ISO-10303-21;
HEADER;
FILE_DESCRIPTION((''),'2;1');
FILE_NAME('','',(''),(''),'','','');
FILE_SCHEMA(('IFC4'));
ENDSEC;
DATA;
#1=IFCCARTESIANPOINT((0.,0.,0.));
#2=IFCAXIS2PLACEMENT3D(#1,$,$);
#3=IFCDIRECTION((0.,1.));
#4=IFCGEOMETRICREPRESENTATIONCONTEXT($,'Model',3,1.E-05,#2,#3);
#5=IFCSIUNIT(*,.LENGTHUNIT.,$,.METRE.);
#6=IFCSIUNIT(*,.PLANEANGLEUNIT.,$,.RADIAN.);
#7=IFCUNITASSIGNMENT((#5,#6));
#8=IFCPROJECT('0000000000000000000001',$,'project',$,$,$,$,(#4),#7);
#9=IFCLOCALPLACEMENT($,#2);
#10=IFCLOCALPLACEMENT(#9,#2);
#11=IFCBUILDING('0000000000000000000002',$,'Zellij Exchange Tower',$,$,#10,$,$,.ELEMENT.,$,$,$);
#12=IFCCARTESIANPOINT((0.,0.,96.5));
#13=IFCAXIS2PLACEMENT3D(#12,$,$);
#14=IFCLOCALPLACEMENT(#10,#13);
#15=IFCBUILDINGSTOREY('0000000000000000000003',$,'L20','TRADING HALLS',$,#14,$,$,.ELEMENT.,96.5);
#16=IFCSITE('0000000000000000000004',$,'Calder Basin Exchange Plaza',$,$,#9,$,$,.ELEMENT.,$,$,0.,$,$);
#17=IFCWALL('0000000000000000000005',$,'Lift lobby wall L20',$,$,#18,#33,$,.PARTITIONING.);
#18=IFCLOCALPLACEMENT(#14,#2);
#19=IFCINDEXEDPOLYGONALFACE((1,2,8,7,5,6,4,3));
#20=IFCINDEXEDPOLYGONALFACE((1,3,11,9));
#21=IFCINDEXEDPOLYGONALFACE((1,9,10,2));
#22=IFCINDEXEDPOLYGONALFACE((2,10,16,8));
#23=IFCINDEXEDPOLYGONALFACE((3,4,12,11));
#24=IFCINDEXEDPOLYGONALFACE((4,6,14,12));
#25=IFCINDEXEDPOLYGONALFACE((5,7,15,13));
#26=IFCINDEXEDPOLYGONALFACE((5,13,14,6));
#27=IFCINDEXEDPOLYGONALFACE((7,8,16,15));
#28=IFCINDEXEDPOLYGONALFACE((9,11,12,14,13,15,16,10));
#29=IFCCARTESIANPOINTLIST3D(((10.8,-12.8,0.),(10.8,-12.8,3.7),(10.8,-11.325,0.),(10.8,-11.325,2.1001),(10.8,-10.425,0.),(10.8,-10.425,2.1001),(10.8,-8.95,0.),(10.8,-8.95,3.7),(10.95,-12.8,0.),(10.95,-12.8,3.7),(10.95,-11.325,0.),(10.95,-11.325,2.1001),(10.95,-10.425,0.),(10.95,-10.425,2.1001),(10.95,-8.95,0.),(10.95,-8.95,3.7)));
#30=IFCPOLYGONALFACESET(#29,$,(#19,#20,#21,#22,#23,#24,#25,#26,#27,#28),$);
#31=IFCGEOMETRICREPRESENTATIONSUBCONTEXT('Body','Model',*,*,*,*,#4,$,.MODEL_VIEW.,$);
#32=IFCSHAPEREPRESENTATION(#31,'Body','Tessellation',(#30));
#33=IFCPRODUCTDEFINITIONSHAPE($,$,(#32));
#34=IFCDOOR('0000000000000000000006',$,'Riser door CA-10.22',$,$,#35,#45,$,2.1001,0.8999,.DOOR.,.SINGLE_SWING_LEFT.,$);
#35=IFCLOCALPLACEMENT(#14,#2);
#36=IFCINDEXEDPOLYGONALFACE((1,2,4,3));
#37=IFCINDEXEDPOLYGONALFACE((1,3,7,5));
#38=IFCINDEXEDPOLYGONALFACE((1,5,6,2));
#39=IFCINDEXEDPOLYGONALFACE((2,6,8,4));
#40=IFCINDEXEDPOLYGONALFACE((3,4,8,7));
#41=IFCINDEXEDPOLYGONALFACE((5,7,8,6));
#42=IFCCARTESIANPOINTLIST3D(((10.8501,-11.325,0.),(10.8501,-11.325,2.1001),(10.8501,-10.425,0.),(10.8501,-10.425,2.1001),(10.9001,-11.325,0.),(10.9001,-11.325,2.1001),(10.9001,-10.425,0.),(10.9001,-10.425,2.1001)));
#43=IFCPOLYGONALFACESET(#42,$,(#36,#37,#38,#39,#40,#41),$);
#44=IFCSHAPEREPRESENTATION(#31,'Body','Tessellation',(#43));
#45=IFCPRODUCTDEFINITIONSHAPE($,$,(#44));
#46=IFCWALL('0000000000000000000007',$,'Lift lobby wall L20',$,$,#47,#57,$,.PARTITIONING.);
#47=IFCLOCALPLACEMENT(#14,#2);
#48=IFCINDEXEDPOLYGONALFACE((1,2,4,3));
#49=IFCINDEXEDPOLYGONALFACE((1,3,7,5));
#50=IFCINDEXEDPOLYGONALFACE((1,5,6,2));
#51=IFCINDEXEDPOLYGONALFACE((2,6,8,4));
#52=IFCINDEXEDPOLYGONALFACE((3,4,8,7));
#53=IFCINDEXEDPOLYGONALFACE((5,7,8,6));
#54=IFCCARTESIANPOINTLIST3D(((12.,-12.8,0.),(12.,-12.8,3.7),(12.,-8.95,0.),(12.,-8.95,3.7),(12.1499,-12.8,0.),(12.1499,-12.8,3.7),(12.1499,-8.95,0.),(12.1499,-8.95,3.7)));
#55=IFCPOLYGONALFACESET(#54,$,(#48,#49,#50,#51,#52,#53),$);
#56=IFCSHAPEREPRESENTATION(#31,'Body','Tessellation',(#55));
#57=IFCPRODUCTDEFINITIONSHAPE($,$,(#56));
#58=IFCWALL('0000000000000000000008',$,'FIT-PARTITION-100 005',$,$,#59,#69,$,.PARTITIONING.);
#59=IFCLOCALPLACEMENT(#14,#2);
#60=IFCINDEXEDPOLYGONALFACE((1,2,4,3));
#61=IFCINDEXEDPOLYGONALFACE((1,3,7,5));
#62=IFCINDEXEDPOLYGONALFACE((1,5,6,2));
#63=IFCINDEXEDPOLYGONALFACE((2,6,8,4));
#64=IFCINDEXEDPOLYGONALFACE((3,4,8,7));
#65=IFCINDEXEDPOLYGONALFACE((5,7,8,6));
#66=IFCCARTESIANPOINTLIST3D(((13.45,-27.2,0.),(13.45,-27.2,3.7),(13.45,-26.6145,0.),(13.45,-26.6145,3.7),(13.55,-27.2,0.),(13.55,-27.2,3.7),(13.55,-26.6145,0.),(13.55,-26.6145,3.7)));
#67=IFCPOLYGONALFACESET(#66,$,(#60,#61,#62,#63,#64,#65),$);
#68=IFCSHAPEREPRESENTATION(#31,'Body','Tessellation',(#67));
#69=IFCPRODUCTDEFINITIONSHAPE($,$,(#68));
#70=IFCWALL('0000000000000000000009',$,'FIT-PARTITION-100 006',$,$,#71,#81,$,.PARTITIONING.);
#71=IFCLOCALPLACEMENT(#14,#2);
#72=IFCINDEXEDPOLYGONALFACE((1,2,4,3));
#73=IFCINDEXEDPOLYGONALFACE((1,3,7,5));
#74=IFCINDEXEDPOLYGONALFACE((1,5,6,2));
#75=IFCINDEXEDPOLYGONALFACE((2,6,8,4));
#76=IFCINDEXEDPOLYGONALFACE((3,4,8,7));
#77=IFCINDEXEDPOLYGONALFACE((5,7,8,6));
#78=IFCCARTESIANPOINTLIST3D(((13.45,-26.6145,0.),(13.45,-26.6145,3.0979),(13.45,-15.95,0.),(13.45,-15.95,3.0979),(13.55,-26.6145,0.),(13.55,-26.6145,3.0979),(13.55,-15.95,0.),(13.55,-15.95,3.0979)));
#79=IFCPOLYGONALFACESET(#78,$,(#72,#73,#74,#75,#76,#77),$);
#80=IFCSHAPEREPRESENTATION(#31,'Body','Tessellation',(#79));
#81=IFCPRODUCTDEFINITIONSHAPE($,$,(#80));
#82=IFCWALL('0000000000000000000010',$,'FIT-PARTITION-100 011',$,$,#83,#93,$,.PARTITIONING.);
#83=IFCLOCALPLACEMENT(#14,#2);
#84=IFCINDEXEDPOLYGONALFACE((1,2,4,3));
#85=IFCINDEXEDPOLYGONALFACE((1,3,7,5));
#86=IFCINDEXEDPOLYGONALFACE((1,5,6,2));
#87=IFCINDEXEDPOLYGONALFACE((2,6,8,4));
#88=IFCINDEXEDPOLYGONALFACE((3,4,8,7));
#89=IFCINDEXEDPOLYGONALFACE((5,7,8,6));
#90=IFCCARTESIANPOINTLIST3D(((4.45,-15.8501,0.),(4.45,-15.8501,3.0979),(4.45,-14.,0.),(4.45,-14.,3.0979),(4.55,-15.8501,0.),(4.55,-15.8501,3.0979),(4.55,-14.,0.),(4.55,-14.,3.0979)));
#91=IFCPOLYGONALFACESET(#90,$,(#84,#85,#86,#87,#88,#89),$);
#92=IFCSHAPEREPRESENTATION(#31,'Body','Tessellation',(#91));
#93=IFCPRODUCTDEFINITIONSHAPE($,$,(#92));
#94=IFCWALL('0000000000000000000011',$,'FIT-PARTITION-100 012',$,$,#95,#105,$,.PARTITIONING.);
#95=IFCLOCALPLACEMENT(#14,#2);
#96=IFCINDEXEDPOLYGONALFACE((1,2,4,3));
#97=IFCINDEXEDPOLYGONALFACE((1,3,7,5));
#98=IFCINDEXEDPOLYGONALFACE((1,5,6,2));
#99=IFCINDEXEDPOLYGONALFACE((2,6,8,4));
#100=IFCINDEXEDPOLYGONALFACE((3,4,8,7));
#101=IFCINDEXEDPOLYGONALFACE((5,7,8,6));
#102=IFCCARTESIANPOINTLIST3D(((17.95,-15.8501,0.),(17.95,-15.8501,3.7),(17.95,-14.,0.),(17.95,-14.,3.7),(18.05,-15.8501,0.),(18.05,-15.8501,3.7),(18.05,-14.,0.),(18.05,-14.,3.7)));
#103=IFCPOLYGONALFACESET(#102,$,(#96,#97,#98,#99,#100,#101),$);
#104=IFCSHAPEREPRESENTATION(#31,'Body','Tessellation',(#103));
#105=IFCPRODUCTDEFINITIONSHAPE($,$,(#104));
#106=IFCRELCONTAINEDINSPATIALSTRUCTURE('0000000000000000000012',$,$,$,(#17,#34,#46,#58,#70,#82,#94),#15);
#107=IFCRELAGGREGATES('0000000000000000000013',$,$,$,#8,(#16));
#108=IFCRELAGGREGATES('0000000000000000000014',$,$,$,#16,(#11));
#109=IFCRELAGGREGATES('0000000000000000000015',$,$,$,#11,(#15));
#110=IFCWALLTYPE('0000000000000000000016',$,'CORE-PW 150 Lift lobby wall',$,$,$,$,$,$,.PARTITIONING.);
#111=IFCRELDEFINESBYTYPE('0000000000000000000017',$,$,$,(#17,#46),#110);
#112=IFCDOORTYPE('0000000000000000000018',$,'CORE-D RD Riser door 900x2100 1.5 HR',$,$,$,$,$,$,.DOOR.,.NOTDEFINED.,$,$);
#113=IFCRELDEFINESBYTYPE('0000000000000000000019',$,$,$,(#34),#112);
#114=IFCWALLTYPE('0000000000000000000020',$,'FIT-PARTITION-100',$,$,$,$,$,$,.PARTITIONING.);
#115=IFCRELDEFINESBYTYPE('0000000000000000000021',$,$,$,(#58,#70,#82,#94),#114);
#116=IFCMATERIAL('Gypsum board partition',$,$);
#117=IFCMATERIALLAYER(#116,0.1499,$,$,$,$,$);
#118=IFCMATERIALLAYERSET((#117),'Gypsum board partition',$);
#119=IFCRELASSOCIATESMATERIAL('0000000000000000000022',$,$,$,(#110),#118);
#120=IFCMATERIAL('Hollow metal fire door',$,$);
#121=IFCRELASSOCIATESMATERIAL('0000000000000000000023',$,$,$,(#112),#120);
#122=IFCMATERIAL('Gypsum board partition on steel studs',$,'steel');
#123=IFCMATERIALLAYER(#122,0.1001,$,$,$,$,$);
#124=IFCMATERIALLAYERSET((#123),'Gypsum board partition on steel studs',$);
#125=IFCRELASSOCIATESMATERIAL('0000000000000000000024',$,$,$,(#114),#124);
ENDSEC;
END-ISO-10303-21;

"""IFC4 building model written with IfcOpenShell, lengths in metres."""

from ifc_helpers import new_model, si_unit, direction, frame, frame_2d, origin, place, context, subcontext, project, spatial, rectangle, extrude, material, layer, layer_set, type_object, element, fill, save


model = new_model("IFC4")

# Units and contexts
model_context = context("Model", 3, precision=1e-05, world=origin(), true_north=direction((0.0, 1.0)))
body_context = subcontext(model_context, "Body", "Model", "MODEL_VIEW")
ifc_project = project(units=[si_unit("LENGTHUNIT", "METRE"), si_unit("PLANEANGLEUNIT", "RADIAN")], contexts=[model_context])

# Site, building, storey
site_placement = place(None, origin())
site = spatial("IfcSite", under=ifc_project, at=site_placement, Name="Calder Basin Exchange Plaza", CompositionType="ELEMENT", RefElevation=0.0)
building_placement = place(site_placement, origin())
building = spatial("IfcBuilding", under=site, at=building_placement, Name="Zellij Exchange Tower", CompositionType="ELEMENT")
storey_placement = place(building_placement, frame((0.0, 0.0, 96.5)))
storey = spatial("IfcBuildingStorey", under=building, at=storey_placement, Name="L20", Description="TRADING HALLS", CompositionType="ELEMENT", Elevation=96.5)

# Wall, opening, door
ifc_material_1 = material(Name="Gypsum board partition")
ifc_layer_1 = layer(ifc_material_1, 0.1499)
ifc_layer_set_1 = layer_set([ifc_layer_1], Name="Gypsum board partition")
wall_type_1 = type_object("IfcWallType", Name="CORE-PW 150 Lift lobby wall", PredefinedType="PARTITIONING", material=ifc_layer_set_1)
wall_1_placement = place(storey_placement, frame((10.875, -12.8, 0.0), z_axis=(0.0, 0.0, 1.0), x_axis=(0.0, 1.0, 0.0)))
wall_1 = element("IfcWall", 1, at=wall_1_placement, inside=storey, type_object=wall_type_1, Name="Lift lobby wall L20", PredefinedType="PARTITIONING", context=body_context, shape_type="SweptSolid", body=[
    extrude(rectangle(XDim=3.8501, YDim=0.1499, at=frame_2d((1.925, 0.0))), origin(), (0.0, 0.0, 1.0), 3.7),
])
opening_placement = place(wall_1_placement, frame((1.4751, 0.0, 0.0)))
opening = element("IfcOpeningElement", 2, at=opening_placement, cuts=wall_1, PredefinedType="OPENING", context=body_context, shape_type="SweptSolid", body=[
    extrude(rectangle(XDim=0.8999, YDim=2.1001, at=frame_2d((0.45, 1.05))), frame((0.0, 0.0869, 0.0), z_axis=(0.0, -1.0, 0.0), x_axis=(1.0, 0.0, 0.0)), (0.0, 0.0, 1.0), 0.1738),
])
ifc_material_2 = material(Name="Hollow metal fire door")
door_type = type_object("IfcDoorType", Name="CORE-D RD Riser door 900x2100 1.5 HR", OperationType="NOTDEFINED", PredefinedType="DOOR", material=ifc_material_2)
door_placement = place(opening_placement, origin())
door = element("IfcDoor", 3, at=door_placement, inside=storey, type_object=door_type, Name="Riser door CA-10.22", OperationType="SINGLE_SWING_LEFT", OverallHeight=2.1001, OverallWidth=0.8999, PredefinedType="DOOR", context=body_context, shape_type="SweptSolid", body=[
    extrude(rectangle(XDim=0.8999, YDim=2.1001, at=frame_2d((0.45, 1.05))), frame((0.0, 0.0249, 0.0), z_axis=(0.0, -1.0, 0.0), x_axis=(1.0, 0.0, 0.0)), (0.0, 0.0, 1.0), 0.05),
])
fill(opening, door)

# Walls
wall_2_placement = place(storey_placement, frame((12.075, -12.8, 0.0), z_axis=(0.0, 0.0, 1.0), x_axis=(0.0, 1.0, 0.0)))
element("IfcWall", 4, at=wall_2_placement, inside=storey, type_object=wall_type_1, Name="Lift lobby wall L20", PredefinedType="PARTITIONING", context=body_context, shape_type="SweptSolid", body=[
    extrude(rectangle(XDim=3.8501, YDim=0.1499, at=frame_2d((1.925, 0.0))), origin(), (0.0, 0.0, 1.0), 3.7),
])
ifc_material_3 = material(Name="Gypsum board partition on steel studs", Category="steel")
ifc_layer_2 = layer(ifc_material_3, 0.1001)
ifc_layer_set_2 = layer_set([ifc_layer_2], Name="Gypsum board partition on steel studs")
wall_type_2 = type_object("IfcWallType", Name="FIT-PARTITION-100", PredefinedType="PARTITIONING", material=ifc_layer_set_2)
wall_3_placement = place(storey_placement, frame((13.5, -27.2, 0.0), z_axis=(0.0, 0.0, 1.0), x_axis=(0.0, 1.0, 0.0)))
element("IfcWall", 5, at=wall_3_placement, inside=storey, type_object=wall_type_2, Name="FIT-PARTITION-100 005", PredefinedType="PARTITIONING", context=body_context, shape_type="SweptSolid", body=[
    extrude(rectangle(XDim=0.5854, YDim=0.1001, at=frame_2d((0.2927, 0.0))), origin(), (0.0, 0.0, 1.0), 3.7),
])
wall_4_placement = place(storey_placement, frame((13.5, -26.6145, 0.0), z_axis=(0.0, 0.0, 1.0), x_axis=(0.0, 1.0, 0.0)))
element("IfcWall", 6, at=wall_4_placement, inside=storey, type_object=wall_type_2, Name="FIT-PARTITION-100 006", PredefinedType="PARTITIONING", context=body_context, shape_type="SweptSolid", body=[
    extrude(rectangle(XDim=10.6646, YDim=0.1001, at=frame_2d((5.3323, 0.0))), origin(), (0.0, 0.0, 1.0), 3.0979),
])
wall_5_placement = place(storey_placement, frame((4.5, -15.8501, 0.0), z_axis=(0.0, 0.0, 1.0), x_axis=(0.0, 1.0, 0.0)))
element("IfcWall", 7, at=wall_5_placement, inside=storey, type_object=wall_type_2, Name="FIT-PARTITION-100 011", PredefinedType="PARTITIONING", context=body_context, shape_type="SweptSolid", body=[
    extrude(rectangle(XDim=1.8501, YDim=0.1001, at=frame_2d((0.925, 0.0))), origin(), (0.0, 0.0, 1.0), 3.0979),
])
wall_6_placement = place(storey_placement, frame((18.0, -15.8501, 0.0), z_axis=(0.0, 0.0, 1.0), x_axis=(0.0, 1.0, 0.0)))
element("IfcWall", 8, at=wall_6_placement, inside=storey, type_object=wall_type_2, Name="FIT-PARTITION-100 012", PredefinedType="PARTITIONING", context=body_context, shape_type="SweptSolid", body=[
    extrude(rectangle(XDim=1.8501, YDim=0.1001, at=frame_2d((0.925, 0.0))), origin(), (0.0, 0.0, 1.0), 3.7),
])

save(model, "model.ifc")
